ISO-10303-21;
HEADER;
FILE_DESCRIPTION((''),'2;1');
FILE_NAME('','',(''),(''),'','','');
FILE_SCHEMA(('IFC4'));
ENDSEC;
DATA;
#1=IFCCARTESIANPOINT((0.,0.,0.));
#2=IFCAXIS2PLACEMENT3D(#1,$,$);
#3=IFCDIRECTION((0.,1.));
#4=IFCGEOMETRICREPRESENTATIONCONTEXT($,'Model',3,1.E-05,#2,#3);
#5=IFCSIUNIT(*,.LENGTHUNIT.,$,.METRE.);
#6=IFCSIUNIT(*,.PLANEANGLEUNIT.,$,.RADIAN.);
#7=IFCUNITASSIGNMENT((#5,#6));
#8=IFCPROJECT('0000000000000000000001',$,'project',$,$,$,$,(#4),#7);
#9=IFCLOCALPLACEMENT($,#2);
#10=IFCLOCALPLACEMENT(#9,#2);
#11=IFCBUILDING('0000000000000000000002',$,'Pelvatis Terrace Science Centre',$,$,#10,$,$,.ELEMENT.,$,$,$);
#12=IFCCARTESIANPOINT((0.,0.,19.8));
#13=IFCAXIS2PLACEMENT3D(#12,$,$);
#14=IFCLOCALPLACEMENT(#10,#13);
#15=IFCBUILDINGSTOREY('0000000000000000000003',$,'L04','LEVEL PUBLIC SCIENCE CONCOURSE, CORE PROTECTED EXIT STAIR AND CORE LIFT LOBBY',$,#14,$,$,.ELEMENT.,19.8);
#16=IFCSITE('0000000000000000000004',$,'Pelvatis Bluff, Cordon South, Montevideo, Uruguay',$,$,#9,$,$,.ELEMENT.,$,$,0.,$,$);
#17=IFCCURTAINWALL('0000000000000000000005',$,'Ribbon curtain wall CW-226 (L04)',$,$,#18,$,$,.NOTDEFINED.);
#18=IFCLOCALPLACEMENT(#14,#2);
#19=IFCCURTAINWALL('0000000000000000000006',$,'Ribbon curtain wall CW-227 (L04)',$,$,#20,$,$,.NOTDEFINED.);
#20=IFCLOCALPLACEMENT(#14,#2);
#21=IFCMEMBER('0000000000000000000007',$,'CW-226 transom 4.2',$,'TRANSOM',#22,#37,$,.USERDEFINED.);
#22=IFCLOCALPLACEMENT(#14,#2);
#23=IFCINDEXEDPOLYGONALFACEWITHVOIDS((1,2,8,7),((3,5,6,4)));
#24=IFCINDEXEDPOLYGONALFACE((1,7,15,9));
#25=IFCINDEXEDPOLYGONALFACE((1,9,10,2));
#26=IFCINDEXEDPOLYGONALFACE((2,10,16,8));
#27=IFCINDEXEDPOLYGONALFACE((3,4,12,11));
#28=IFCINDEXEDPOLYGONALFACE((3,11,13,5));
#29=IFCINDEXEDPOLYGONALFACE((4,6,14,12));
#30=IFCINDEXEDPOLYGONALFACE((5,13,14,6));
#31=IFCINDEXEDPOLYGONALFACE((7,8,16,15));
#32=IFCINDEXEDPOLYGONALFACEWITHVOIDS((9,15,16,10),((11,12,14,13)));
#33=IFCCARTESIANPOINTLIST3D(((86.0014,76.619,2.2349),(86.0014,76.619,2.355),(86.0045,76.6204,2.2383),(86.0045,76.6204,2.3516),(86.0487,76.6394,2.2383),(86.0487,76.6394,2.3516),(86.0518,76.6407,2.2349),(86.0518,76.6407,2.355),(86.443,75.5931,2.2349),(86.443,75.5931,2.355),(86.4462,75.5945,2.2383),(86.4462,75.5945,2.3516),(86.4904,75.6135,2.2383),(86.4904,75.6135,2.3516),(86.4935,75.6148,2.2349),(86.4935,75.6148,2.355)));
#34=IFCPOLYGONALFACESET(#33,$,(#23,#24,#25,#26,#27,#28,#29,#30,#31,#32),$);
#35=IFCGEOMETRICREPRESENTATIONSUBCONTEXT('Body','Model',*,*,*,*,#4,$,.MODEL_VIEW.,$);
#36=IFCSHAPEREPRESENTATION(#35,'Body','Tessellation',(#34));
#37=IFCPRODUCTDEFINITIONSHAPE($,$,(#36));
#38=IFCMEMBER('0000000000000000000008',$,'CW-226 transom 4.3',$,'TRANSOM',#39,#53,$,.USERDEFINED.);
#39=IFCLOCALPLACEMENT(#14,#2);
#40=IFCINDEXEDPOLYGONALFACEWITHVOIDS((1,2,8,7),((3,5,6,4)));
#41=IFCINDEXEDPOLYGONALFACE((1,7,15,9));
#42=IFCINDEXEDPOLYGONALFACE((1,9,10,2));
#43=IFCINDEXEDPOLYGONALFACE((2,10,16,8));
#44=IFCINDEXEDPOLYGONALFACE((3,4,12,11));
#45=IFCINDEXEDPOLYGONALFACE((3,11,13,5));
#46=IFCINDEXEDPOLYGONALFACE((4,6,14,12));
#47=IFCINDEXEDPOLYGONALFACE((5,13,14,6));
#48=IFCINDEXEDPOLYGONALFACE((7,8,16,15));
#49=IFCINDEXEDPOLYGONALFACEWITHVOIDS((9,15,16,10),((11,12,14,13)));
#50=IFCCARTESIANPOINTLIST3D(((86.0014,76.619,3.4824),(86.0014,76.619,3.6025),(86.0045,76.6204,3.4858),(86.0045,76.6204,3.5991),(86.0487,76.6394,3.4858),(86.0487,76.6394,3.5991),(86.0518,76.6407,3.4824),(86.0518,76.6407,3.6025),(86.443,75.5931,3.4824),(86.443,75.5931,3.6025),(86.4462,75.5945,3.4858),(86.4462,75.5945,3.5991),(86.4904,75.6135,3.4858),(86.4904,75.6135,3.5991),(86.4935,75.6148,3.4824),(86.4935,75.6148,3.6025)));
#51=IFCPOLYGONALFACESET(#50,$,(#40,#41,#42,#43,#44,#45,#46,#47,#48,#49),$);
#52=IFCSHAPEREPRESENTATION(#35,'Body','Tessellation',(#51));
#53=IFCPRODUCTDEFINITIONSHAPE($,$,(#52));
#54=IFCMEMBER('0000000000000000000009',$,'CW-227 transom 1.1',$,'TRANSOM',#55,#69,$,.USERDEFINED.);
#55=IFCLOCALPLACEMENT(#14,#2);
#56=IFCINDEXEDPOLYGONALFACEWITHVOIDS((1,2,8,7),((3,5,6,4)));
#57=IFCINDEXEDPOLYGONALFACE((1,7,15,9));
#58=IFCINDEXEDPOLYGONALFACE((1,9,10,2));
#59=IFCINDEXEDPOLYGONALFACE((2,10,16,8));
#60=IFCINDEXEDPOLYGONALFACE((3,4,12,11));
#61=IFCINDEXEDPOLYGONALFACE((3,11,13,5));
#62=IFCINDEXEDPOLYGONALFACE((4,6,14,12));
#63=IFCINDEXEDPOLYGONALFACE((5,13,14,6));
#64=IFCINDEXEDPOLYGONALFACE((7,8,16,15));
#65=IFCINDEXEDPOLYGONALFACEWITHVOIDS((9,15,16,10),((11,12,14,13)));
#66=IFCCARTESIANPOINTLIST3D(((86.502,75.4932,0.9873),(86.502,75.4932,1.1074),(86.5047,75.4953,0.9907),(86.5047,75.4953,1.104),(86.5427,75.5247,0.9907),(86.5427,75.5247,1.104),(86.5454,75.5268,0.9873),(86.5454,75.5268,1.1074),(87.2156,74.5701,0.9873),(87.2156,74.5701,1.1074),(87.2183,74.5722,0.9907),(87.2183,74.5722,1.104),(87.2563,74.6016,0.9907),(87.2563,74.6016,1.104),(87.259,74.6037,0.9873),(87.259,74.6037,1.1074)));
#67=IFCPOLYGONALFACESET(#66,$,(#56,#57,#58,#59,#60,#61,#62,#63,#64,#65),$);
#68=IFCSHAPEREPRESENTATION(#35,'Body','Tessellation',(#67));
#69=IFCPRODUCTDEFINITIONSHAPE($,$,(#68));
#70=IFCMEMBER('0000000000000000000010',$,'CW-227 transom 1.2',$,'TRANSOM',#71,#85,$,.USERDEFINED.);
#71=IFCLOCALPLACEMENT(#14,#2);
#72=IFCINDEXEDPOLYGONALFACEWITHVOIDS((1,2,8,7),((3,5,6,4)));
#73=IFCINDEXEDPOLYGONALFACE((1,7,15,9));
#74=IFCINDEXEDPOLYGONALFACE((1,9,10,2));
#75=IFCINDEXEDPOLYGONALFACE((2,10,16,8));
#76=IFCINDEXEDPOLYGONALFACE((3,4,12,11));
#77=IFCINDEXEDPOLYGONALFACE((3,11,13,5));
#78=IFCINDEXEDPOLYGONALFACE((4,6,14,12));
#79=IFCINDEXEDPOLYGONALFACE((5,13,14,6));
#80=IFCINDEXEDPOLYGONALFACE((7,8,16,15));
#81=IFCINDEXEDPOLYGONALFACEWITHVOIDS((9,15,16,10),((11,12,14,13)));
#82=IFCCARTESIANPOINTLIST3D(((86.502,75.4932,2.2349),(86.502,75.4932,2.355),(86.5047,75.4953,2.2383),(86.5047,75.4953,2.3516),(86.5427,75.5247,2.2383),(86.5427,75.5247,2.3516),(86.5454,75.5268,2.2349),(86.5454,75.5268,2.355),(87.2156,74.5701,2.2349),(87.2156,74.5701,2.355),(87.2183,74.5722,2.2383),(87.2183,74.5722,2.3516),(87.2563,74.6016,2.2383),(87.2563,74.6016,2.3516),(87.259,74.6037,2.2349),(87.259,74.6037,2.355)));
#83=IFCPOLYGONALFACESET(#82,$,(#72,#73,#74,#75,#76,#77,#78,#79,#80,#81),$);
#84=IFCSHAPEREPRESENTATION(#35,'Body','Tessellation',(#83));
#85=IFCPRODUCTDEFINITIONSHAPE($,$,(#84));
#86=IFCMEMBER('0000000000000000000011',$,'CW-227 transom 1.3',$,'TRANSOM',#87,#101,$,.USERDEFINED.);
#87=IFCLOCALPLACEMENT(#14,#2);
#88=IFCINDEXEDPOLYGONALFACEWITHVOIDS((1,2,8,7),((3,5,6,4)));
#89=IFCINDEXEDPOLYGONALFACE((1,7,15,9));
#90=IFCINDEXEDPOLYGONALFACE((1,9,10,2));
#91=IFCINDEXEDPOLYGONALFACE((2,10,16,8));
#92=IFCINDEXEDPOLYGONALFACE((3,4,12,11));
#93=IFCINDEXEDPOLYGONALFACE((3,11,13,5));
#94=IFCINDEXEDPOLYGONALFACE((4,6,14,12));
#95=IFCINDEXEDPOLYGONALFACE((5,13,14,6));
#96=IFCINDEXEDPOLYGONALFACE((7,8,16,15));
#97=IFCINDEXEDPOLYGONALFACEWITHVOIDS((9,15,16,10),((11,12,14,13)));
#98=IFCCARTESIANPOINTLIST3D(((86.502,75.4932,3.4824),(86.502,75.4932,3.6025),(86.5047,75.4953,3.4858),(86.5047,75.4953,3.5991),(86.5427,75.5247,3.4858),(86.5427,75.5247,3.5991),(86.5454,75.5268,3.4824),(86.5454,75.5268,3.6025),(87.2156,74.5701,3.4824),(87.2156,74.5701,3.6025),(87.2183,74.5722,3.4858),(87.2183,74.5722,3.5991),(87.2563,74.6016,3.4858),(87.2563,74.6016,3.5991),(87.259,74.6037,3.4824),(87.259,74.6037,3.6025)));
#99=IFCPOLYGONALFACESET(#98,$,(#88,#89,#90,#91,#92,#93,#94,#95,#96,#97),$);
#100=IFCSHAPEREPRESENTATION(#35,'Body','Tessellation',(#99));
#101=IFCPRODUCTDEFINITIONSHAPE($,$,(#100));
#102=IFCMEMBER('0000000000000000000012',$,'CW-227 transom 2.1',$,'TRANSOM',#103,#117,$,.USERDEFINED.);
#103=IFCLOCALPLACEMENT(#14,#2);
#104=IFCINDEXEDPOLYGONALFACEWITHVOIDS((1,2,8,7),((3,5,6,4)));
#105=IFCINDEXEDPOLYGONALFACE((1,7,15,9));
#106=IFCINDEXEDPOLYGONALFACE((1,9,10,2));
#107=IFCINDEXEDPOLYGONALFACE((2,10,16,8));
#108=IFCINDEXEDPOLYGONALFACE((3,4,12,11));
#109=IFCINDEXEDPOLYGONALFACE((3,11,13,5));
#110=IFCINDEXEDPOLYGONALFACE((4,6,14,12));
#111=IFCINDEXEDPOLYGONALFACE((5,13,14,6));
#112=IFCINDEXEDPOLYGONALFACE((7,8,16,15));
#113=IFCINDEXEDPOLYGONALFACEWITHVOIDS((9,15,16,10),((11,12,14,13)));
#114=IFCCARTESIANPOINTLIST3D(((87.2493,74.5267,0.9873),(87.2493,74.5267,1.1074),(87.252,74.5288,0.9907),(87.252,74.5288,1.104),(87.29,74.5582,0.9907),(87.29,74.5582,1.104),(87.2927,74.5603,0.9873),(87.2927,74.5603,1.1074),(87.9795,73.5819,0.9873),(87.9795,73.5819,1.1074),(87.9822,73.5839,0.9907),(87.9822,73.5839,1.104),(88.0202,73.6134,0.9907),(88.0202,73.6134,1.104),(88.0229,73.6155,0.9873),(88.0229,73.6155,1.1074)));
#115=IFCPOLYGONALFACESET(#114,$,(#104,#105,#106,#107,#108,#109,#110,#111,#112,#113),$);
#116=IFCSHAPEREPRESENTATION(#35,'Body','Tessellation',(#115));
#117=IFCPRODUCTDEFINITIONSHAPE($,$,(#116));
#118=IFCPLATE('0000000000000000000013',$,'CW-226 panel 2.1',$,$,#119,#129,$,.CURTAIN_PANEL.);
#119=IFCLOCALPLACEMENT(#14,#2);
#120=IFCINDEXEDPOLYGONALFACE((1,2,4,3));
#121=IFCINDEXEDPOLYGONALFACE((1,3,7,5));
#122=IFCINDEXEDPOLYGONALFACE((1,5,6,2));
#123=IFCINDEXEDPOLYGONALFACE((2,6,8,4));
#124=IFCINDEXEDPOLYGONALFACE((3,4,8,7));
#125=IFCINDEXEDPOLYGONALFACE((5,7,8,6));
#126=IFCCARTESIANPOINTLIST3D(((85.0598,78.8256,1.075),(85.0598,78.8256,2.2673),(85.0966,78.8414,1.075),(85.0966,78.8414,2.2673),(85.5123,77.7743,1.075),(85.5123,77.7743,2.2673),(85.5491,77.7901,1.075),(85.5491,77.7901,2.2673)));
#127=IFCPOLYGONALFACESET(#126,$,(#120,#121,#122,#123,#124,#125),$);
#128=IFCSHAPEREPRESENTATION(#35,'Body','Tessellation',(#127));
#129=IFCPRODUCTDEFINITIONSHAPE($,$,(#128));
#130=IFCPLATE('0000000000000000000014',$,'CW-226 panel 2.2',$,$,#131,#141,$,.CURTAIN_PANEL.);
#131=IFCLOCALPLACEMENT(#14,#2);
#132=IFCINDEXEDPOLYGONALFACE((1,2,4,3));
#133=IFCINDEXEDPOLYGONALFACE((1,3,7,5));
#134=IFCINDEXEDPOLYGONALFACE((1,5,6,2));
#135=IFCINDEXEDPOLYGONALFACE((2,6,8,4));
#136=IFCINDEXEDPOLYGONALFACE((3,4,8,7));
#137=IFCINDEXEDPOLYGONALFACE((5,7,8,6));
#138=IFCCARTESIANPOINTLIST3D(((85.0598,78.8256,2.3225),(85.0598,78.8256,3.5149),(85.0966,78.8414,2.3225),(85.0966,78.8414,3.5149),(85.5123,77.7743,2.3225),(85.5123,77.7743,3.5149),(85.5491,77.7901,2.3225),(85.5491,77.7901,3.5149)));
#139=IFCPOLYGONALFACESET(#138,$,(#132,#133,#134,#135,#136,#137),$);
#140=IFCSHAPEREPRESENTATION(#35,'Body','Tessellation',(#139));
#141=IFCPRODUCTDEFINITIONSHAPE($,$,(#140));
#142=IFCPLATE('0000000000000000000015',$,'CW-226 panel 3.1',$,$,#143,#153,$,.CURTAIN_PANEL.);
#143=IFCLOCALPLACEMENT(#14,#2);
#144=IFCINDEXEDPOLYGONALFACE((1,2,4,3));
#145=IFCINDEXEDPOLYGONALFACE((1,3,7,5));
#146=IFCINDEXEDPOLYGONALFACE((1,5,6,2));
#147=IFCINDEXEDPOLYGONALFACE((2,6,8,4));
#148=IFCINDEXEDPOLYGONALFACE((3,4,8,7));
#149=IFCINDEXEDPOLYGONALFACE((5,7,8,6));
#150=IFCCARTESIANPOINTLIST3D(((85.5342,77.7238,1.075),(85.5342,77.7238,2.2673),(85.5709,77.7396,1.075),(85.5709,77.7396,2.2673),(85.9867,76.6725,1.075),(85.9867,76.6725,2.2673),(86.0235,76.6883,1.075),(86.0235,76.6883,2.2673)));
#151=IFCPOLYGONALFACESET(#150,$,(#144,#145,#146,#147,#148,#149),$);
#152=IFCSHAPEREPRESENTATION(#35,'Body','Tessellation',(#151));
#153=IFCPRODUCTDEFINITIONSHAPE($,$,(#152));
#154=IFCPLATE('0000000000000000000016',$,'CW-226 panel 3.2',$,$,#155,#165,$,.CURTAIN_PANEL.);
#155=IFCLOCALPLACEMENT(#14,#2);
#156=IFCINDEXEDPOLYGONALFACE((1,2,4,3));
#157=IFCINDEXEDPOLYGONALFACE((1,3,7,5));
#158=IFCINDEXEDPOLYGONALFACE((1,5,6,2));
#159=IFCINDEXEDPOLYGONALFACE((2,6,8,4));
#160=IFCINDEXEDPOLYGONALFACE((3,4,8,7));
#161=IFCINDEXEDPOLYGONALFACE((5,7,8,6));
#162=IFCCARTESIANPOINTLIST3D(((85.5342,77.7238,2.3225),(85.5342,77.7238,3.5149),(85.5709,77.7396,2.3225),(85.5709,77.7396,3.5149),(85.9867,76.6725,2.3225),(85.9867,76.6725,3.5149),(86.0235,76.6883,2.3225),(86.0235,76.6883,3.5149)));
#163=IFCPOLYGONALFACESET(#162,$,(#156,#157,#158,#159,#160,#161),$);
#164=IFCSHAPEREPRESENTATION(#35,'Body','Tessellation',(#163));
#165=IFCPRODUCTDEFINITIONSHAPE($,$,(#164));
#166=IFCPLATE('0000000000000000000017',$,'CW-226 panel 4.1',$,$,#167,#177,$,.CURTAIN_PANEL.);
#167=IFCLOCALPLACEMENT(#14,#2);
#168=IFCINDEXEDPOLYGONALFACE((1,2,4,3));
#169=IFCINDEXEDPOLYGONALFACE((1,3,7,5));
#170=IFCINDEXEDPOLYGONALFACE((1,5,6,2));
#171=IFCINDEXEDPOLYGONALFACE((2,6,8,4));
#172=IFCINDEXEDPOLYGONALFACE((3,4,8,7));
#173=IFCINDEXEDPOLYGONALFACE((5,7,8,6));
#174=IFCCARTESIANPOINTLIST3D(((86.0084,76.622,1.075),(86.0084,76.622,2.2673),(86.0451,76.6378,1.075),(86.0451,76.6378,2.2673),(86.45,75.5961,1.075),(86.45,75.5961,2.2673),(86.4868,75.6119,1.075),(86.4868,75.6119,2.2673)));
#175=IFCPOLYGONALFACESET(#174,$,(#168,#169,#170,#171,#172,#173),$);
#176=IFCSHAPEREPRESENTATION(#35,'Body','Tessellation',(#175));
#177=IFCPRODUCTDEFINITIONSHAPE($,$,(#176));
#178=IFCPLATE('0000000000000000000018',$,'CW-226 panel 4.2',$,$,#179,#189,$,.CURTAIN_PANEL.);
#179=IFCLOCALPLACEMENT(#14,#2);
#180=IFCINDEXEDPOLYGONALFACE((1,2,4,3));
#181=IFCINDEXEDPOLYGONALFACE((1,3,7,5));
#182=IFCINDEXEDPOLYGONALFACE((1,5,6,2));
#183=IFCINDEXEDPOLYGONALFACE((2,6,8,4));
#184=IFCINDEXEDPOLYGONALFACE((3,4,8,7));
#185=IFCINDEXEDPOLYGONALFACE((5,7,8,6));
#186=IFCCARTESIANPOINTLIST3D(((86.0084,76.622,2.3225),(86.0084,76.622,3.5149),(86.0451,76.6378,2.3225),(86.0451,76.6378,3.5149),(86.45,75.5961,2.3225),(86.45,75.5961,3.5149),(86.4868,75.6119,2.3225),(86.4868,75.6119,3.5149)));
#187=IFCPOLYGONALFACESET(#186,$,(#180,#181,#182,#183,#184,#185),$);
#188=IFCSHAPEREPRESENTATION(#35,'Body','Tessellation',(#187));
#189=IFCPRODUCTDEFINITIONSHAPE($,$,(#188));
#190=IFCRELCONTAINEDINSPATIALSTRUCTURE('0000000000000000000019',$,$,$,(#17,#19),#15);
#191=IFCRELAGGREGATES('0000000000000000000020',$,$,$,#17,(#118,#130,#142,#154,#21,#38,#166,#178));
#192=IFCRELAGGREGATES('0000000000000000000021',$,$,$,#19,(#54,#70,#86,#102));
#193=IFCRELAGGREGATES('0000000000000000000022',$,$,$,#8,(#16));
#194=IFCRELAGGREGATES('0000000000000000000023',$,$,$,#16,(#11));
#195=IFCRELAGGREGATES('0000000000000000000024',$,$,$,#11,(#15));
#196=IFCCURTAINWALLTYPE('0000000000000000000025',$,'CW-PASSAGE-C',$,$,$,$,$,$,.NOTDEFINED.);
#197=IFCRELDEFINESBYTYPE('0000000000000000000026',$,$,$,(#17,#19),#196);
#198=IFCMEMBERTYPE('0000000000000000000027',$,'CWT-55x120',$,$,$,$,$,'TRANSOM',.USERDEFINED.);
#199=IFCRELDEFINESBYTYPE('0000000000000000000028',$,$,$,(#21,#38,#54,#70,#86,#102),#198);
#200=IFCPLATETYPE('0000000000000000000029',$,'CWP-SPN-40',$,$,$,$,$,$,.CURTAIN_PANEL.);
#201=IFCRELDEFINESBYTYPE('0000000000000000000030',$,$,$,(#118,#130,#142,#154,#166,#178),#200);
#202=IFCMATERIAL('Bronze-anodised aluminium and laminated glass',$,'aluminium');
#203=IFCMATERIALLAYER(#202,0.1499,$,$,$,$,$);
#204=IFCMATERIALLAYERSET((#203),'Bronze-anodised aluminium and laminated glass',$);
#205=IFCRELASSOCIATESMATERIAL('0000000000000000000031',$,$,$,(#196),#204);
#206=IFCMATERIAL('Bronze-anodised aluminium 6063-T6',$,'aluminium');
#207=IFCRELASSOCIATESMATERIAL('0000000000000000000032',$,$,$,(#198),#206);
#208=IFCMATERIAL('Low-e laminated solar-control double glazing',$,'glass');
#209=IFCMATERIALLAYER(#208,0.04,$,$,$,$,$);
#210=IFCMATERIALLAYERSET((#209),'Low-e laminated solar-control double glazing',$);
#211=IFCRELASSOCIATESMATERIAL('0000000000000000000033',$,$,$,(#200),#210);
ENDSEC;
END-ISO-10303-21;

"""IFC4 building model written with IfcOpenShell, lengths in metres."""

from ifc_helpers import new_model, si_unit, direction, frame, origin, origin_2d, place, context, subcontext, project, spatial, rectangle, hollow_rectangle, extrude, material, layer, layer_set, material_profile, profile_set, type_object, element, aggregate, save


model = new_model("IFC4")

# Units and contexts
model_context = context("Model", 3, precision=1e-05, world=origin(), true_north=direction((0.0, 1.0)))
body_context = subcontext(model_context, "Body", "Model", "MODEL_VIEW")
ifc_project = project(units=[si_unit("LENGTHUNIT", "METRE"), si_unit("PLANEANGLEUNIT", "RADIAN")], contexts=[model_context])

# Site, building, storey
site_placement = place(None, origin())
site = spatial("IfcSite", under=ifc_project, at=site_placement, Name="Pelvatis Bluff, Cordon South, Montevideo, Uruguay", CompositionType="ELEMENT", RefElevation=0.0)
building_placement = place(site_placement, origin())
building = spatial("IfcBuilding", under=site, at=building_placement, Name="Pelvatis Terrace Science Centre", CompositionType="ELEMENT")
storey_placement = place(building_placement, frame((0.0, 0.0, 19.8)))
storey = spatial("IfcBuildingStorey", under=building, at=storey_placement, Name="L04", Description="LEVEL PUBLIC SCIENCE CONCOURSE, CORE PROTECTED EXIT STAIR AND CORE LIFT LOBBY", CompositionType="ELEMENT", Elevation=19.8)

# Curtain walls
ifc_material_1 = material(Name="Bronze-anodised aluminium and laminated glass", Category="aluminium")
ifc_layer_1 = layer(ifc_material_1, 0.1499)
ifc_layer_set_1 = layer_set([ifc_layer_1], Name="Bronze-anodised aluminium and laminated glass")
curtain_wall_type = type_object("IfcCurtainWallType", Name="CW-PASSAGE-C", PredefinedType="NOTDEFINED", material=ifc_layer_set_1)
curtain_wall_1_placement = place(storey_placement, origin())
curtain_wall_1 = element("IfcCurtainWall", 1, at=curtain_wall_1_placement, inside=storey, type_object=curtain_wall_type, Name="Ribbon curtain wall CW-226 (L04)", PredefinedType="NOTDEFINED")
curtain_wall_2_placement = place(storey_placement, origin())
curtain_wall_2 = element("IfcCurtainWall", 2, at=curtain_wall_2_placement, inside=storey, type_object=curtain_wall_type, Name="Ribbon curtain wall CW-227 (L04)", PredefinedType="NOTDEFINED")

# Members
ifc_material_2 = material(Name="Bronze-anodised aluminium 6063-T6", Category="aluminium")
ifc_material_profile_1 = material_profile(ifc_material_2, hollow_rectangle(XDim=0.0549, YDim=0.1201, WallThickness=0.0034, at=origin_2d()), Name="ALU-TRN 55x120")
ifc_profile_set_1 = profile_set([ifc_material_profile_1], Name="Bronze-anodised aluminium 6063-T6")
member_type_1 = type_object("IfcMemberType", Name="CWT-55x120", ElementType="TRANSOM", PredefinedType="USERDEFINED", material=ifc_profile_set_1)
member_1_placement = place(storey_placement, frame((86.0266, 76.6299, 2.2949), z_axis=(0.395422, -0.918499, 0.0), x_axis=(0.918499, 0.395422, 0.0)))
member_1 = element("IfcMember", 3, at=member_1_placement, type_object=member_type_1, Name="CW-226 transom 4.2", ObjectType="TRANSOM", PredefinedType="USERDEFINED", context=body_context, shape_type="SweptSolid", body=[
    extrude(hollow_rectangle(XDim=0.0549, YDim=0.1201, WallThickness=0.0034, at=origin_2d()), origin(), (0.0, 0.0, 1.0), 1.1169),
])
member_2_placement = place(storey_placement, frame((86.0266, 76.6299, 3.5425), z_axis=(0.395422, -0.918499, 0.0), x_axis=(0.918499, 0.395422, 0.0)))
member_2 = element("IfcMember", 4, at=member_2_placement, type_object=member_type_1, Name="CW-226 transom 4.3", ObjectType="TRANSOM", PredefinedType="USERDEFINED", context=body_context, shape_type="SweptSolid", body=[
    extrude(hollow_rectangle(XDim=0.0549, YDim=0.1201, WallThickness=0.0034, at=origin_2d()), origin(), (0.0, 0.0, 1.0), 1.1169),
])
member_3_placement = place(storey_placement, frame((86.5237, 75.51, 1.0474), z_axis=(0.61162, -0.791152, 0.0), x_axis=(0.791152, 0.61162, 0.0)))
member_3 = element("IfcMember", 5, at=member_3_placement, type_object=member_type_1, Name="CW-227 transom 1.1", ObjectType="TRANSOM", PredefinedType="USERDEFINED", context=body_context, shape_type="SweptSolid", body=[
    extrude(hollow_rectangle(XDim=0.0549, YDim=0.1201, WallThickness=0.0034, at=origin_2d()), origin(), (0.0, 0.0, 1.0), 1.1667),
])
member_4_placement = place(storey_placement, frame((86.5237, 75.51, 2.2949), z_axis=(0.61162, -0.791152, 0.0), x_axis=(0.791152, 0.61162, 0.0)))
member_4 = element("IfcMember", 6, at=member_4_placement, type_object=member_type_1, Name="CW-227 transom 1.2", ObjectType="TRANSOM", PredefinedType="USERDEFINED", context=body_context, shape_type="SweptSolid", body=[
    extrude(hollow_rectangle(XDim=0.0549, YDim=0.1201, WallThickness=0.0034, at=origin_2d()), origin(), (0.0, 0.0, 1.0), 1.1667),
])
member_5_placement = place(storey_placement, frame((86.5237, 75.51, 3.5425), z_axis=(0.61162, -0.791152, 0.0), x_axis=(0.791152, 0.61162, 0.0)))
member_5 = element("IfcMember", 7, at=member_5_placement, type_object=member_type_1, Name="CW-227 transom 1.3", ObjectType="TRANSOM", PredefinedType="USERDEFINED", context=body_context, shape_type="SweptSolid", body=[
    extrude(hollow_rectangle(XDim=0.0549, YDim=0.1201, WallThickness=0.0034, at=origin_2d()), origin(), (0.0, 0.0, 1.0), 1.1667),
])
member_6_placement = place(storey_placement, frame((87.271, 74.5435, 1.0474), z_axis=(0.611517, -0.791231, 0.0), x_axis=(0.791231, 0.611517, 0.0)))
member_6 = element("IfcMember", 8, at=member_6_placement, type_object=member_type_1, Name="CW-227 transom 2.1", ObjectType="TRANSOM", PredefinedType="USERDEFINED", context=body_context, shape_type="SweptSolid", body=[
    extrude(hollow_rectangle(XDim=0.0549, YDim=0.1201, WallThickness=0.0034, at=origin_2d()), origin(), (0.0, 0.0, 1.0), 1.1941),
])

# Plates
ifc_material_3 = material(Name="Low-e laminated solar-control double glazing", Category="glass")
ifc_layer_2 = layer(ifc_material_3, 0.04)
ifc_layer_set_2 = layer_set([ifc_layer_2], Name="Low-e laminated solar-control double glazing")
plate_type = type_object("IfcPlateType", Name="CWP-SPN-40", PredefinedType="CURTAIN_PANEL", material=ifc_layer_set_2)
plate_1_placement = place(storey_placement, frame((85.3044, 78.3079, 1.075), z_axis=(0.0, 0.0, 1.0), x_axis=(0.395385, -0.918515, 0.0)))
plate_1 = element("IfcPlate", 9, at=plate_1_placement, type_object=plate_type, Name="CW-226 panel 2.1", PredefinedType="CURTAIN_PANEL", context=body_context, shape_type="SweptSolid", body=[
    extrude(rectangle(XDim=1.1445, YDim=0.04, at=origin_2d()), origin(), (0.0, 0.0, 1.0), 1.1924),
])
plate_2_placement = place(storey_placement, frame((85.3044, 78.3079, 2.3225), z_axis=(0.0, 0.0, 1.0), x_axis=(0.395385, -0.918515, 0.0)))
plate_2 = element("IfcPlate", 10, at=plate_2_placement, type_object=plate_type, Name="CW-226 panel 2.2", PredefinedType="CURTAIN_PANEL", context=body_context, shape_type="SweptSolid", body=[
    extrude(rectangle(XDim=1.1445, YDim=0.04, at=origin_2d()), origin(), (0.0, 0.0, 1.0), 1.1924),
])
plate_3_placement = place(storey_placement, frame((85.7788, 77.2061, 1.075), z_axis=(0.0, 0.0, 1.0), x_axis=(0.395385, -0.918515, 0.0)))
plate_3 = element("IfcPlate", 11, at=plate_3_placement, type_object=plate_type, Name="CW-226 panel 3.1", PredefinedType="CURTAIN_PANEL", context=body_context, shape_type="SweptSolid", body=[
    extrude(rectangle(XDim=1.1445, YDim=0.04, at=origin_2d()), origin(), (0.0, 0.0, 1.0), 1.1924),
])
plate_4_placement = place(storey_placement, frame((85.7788, 77.2061, 2.3225), z_axis=(0.0, 0.0, 1.0), x_axis=(0.395385, -0.918515, 0.0)))
plate_4 = element("IfcPlate", 12, at=plate_4_placement, type_object=plate_type, Name="CW-226 panel 3.2", PredefinedType="CURTAIN_PANEL", context=body_context, shape_type="SweptSolid", body=[
    extrude(rectangle(XDim=1.1445, YDim=0.04, at=origin_2d()), origin(), (0.0, 0.0, 1.0), 1.1924),
])
plate_5_placement = place(storey_placement, frame((86.2476, 76.1169, 1.075), z_axis=(0.0, 0.0, 1.0), x_axis=(0.395385, -0.918515, 0.0)))
plate_5 = element("IfcPlate", 13, at=plate_5_placement, type_object=plate_type, Name="CW-226 panel 4.1", PredefinedType="CURTAIN_PANEL", context=body_context, shape_type="SweptSolid", body=[
    extrude(rectangle(XDim=1.1169, YDim=0.04, at=origin_2d()), origin(), (0.0, 0.0, 1.0), 1.1924),
])
plate_6_placement = place(storey_placement, frame((86.2476, 76.1169, 2.3225), z_axis=(0.0, 0.0, 1.0), x_axis=(0.395385, -0.918515, 0.0)))
plate_6 = element("IfcPlate", 14, at=plate_6_placement, type_object=plate_type, Name="CW-226 panel 4.2", PredefinedType="CURTAIN_PANEL", context=body_context, shape_type="SweptSolid", body=[
    extrude(rectangle(XDim=1.1169, YDim=0.04, at=origin_2d()), origin(), (0.0, 0.0, 1.0), 1.1924),
])
aggregate(curtain_wall_1, [plate_1, plate_2, plate_3, plate_4, member_1, member_2, plate_5, plate_6])
aggregate(curtain_wall_2, [member_3, member_4, member_5, member_6])

save(model, "model.ifc")
